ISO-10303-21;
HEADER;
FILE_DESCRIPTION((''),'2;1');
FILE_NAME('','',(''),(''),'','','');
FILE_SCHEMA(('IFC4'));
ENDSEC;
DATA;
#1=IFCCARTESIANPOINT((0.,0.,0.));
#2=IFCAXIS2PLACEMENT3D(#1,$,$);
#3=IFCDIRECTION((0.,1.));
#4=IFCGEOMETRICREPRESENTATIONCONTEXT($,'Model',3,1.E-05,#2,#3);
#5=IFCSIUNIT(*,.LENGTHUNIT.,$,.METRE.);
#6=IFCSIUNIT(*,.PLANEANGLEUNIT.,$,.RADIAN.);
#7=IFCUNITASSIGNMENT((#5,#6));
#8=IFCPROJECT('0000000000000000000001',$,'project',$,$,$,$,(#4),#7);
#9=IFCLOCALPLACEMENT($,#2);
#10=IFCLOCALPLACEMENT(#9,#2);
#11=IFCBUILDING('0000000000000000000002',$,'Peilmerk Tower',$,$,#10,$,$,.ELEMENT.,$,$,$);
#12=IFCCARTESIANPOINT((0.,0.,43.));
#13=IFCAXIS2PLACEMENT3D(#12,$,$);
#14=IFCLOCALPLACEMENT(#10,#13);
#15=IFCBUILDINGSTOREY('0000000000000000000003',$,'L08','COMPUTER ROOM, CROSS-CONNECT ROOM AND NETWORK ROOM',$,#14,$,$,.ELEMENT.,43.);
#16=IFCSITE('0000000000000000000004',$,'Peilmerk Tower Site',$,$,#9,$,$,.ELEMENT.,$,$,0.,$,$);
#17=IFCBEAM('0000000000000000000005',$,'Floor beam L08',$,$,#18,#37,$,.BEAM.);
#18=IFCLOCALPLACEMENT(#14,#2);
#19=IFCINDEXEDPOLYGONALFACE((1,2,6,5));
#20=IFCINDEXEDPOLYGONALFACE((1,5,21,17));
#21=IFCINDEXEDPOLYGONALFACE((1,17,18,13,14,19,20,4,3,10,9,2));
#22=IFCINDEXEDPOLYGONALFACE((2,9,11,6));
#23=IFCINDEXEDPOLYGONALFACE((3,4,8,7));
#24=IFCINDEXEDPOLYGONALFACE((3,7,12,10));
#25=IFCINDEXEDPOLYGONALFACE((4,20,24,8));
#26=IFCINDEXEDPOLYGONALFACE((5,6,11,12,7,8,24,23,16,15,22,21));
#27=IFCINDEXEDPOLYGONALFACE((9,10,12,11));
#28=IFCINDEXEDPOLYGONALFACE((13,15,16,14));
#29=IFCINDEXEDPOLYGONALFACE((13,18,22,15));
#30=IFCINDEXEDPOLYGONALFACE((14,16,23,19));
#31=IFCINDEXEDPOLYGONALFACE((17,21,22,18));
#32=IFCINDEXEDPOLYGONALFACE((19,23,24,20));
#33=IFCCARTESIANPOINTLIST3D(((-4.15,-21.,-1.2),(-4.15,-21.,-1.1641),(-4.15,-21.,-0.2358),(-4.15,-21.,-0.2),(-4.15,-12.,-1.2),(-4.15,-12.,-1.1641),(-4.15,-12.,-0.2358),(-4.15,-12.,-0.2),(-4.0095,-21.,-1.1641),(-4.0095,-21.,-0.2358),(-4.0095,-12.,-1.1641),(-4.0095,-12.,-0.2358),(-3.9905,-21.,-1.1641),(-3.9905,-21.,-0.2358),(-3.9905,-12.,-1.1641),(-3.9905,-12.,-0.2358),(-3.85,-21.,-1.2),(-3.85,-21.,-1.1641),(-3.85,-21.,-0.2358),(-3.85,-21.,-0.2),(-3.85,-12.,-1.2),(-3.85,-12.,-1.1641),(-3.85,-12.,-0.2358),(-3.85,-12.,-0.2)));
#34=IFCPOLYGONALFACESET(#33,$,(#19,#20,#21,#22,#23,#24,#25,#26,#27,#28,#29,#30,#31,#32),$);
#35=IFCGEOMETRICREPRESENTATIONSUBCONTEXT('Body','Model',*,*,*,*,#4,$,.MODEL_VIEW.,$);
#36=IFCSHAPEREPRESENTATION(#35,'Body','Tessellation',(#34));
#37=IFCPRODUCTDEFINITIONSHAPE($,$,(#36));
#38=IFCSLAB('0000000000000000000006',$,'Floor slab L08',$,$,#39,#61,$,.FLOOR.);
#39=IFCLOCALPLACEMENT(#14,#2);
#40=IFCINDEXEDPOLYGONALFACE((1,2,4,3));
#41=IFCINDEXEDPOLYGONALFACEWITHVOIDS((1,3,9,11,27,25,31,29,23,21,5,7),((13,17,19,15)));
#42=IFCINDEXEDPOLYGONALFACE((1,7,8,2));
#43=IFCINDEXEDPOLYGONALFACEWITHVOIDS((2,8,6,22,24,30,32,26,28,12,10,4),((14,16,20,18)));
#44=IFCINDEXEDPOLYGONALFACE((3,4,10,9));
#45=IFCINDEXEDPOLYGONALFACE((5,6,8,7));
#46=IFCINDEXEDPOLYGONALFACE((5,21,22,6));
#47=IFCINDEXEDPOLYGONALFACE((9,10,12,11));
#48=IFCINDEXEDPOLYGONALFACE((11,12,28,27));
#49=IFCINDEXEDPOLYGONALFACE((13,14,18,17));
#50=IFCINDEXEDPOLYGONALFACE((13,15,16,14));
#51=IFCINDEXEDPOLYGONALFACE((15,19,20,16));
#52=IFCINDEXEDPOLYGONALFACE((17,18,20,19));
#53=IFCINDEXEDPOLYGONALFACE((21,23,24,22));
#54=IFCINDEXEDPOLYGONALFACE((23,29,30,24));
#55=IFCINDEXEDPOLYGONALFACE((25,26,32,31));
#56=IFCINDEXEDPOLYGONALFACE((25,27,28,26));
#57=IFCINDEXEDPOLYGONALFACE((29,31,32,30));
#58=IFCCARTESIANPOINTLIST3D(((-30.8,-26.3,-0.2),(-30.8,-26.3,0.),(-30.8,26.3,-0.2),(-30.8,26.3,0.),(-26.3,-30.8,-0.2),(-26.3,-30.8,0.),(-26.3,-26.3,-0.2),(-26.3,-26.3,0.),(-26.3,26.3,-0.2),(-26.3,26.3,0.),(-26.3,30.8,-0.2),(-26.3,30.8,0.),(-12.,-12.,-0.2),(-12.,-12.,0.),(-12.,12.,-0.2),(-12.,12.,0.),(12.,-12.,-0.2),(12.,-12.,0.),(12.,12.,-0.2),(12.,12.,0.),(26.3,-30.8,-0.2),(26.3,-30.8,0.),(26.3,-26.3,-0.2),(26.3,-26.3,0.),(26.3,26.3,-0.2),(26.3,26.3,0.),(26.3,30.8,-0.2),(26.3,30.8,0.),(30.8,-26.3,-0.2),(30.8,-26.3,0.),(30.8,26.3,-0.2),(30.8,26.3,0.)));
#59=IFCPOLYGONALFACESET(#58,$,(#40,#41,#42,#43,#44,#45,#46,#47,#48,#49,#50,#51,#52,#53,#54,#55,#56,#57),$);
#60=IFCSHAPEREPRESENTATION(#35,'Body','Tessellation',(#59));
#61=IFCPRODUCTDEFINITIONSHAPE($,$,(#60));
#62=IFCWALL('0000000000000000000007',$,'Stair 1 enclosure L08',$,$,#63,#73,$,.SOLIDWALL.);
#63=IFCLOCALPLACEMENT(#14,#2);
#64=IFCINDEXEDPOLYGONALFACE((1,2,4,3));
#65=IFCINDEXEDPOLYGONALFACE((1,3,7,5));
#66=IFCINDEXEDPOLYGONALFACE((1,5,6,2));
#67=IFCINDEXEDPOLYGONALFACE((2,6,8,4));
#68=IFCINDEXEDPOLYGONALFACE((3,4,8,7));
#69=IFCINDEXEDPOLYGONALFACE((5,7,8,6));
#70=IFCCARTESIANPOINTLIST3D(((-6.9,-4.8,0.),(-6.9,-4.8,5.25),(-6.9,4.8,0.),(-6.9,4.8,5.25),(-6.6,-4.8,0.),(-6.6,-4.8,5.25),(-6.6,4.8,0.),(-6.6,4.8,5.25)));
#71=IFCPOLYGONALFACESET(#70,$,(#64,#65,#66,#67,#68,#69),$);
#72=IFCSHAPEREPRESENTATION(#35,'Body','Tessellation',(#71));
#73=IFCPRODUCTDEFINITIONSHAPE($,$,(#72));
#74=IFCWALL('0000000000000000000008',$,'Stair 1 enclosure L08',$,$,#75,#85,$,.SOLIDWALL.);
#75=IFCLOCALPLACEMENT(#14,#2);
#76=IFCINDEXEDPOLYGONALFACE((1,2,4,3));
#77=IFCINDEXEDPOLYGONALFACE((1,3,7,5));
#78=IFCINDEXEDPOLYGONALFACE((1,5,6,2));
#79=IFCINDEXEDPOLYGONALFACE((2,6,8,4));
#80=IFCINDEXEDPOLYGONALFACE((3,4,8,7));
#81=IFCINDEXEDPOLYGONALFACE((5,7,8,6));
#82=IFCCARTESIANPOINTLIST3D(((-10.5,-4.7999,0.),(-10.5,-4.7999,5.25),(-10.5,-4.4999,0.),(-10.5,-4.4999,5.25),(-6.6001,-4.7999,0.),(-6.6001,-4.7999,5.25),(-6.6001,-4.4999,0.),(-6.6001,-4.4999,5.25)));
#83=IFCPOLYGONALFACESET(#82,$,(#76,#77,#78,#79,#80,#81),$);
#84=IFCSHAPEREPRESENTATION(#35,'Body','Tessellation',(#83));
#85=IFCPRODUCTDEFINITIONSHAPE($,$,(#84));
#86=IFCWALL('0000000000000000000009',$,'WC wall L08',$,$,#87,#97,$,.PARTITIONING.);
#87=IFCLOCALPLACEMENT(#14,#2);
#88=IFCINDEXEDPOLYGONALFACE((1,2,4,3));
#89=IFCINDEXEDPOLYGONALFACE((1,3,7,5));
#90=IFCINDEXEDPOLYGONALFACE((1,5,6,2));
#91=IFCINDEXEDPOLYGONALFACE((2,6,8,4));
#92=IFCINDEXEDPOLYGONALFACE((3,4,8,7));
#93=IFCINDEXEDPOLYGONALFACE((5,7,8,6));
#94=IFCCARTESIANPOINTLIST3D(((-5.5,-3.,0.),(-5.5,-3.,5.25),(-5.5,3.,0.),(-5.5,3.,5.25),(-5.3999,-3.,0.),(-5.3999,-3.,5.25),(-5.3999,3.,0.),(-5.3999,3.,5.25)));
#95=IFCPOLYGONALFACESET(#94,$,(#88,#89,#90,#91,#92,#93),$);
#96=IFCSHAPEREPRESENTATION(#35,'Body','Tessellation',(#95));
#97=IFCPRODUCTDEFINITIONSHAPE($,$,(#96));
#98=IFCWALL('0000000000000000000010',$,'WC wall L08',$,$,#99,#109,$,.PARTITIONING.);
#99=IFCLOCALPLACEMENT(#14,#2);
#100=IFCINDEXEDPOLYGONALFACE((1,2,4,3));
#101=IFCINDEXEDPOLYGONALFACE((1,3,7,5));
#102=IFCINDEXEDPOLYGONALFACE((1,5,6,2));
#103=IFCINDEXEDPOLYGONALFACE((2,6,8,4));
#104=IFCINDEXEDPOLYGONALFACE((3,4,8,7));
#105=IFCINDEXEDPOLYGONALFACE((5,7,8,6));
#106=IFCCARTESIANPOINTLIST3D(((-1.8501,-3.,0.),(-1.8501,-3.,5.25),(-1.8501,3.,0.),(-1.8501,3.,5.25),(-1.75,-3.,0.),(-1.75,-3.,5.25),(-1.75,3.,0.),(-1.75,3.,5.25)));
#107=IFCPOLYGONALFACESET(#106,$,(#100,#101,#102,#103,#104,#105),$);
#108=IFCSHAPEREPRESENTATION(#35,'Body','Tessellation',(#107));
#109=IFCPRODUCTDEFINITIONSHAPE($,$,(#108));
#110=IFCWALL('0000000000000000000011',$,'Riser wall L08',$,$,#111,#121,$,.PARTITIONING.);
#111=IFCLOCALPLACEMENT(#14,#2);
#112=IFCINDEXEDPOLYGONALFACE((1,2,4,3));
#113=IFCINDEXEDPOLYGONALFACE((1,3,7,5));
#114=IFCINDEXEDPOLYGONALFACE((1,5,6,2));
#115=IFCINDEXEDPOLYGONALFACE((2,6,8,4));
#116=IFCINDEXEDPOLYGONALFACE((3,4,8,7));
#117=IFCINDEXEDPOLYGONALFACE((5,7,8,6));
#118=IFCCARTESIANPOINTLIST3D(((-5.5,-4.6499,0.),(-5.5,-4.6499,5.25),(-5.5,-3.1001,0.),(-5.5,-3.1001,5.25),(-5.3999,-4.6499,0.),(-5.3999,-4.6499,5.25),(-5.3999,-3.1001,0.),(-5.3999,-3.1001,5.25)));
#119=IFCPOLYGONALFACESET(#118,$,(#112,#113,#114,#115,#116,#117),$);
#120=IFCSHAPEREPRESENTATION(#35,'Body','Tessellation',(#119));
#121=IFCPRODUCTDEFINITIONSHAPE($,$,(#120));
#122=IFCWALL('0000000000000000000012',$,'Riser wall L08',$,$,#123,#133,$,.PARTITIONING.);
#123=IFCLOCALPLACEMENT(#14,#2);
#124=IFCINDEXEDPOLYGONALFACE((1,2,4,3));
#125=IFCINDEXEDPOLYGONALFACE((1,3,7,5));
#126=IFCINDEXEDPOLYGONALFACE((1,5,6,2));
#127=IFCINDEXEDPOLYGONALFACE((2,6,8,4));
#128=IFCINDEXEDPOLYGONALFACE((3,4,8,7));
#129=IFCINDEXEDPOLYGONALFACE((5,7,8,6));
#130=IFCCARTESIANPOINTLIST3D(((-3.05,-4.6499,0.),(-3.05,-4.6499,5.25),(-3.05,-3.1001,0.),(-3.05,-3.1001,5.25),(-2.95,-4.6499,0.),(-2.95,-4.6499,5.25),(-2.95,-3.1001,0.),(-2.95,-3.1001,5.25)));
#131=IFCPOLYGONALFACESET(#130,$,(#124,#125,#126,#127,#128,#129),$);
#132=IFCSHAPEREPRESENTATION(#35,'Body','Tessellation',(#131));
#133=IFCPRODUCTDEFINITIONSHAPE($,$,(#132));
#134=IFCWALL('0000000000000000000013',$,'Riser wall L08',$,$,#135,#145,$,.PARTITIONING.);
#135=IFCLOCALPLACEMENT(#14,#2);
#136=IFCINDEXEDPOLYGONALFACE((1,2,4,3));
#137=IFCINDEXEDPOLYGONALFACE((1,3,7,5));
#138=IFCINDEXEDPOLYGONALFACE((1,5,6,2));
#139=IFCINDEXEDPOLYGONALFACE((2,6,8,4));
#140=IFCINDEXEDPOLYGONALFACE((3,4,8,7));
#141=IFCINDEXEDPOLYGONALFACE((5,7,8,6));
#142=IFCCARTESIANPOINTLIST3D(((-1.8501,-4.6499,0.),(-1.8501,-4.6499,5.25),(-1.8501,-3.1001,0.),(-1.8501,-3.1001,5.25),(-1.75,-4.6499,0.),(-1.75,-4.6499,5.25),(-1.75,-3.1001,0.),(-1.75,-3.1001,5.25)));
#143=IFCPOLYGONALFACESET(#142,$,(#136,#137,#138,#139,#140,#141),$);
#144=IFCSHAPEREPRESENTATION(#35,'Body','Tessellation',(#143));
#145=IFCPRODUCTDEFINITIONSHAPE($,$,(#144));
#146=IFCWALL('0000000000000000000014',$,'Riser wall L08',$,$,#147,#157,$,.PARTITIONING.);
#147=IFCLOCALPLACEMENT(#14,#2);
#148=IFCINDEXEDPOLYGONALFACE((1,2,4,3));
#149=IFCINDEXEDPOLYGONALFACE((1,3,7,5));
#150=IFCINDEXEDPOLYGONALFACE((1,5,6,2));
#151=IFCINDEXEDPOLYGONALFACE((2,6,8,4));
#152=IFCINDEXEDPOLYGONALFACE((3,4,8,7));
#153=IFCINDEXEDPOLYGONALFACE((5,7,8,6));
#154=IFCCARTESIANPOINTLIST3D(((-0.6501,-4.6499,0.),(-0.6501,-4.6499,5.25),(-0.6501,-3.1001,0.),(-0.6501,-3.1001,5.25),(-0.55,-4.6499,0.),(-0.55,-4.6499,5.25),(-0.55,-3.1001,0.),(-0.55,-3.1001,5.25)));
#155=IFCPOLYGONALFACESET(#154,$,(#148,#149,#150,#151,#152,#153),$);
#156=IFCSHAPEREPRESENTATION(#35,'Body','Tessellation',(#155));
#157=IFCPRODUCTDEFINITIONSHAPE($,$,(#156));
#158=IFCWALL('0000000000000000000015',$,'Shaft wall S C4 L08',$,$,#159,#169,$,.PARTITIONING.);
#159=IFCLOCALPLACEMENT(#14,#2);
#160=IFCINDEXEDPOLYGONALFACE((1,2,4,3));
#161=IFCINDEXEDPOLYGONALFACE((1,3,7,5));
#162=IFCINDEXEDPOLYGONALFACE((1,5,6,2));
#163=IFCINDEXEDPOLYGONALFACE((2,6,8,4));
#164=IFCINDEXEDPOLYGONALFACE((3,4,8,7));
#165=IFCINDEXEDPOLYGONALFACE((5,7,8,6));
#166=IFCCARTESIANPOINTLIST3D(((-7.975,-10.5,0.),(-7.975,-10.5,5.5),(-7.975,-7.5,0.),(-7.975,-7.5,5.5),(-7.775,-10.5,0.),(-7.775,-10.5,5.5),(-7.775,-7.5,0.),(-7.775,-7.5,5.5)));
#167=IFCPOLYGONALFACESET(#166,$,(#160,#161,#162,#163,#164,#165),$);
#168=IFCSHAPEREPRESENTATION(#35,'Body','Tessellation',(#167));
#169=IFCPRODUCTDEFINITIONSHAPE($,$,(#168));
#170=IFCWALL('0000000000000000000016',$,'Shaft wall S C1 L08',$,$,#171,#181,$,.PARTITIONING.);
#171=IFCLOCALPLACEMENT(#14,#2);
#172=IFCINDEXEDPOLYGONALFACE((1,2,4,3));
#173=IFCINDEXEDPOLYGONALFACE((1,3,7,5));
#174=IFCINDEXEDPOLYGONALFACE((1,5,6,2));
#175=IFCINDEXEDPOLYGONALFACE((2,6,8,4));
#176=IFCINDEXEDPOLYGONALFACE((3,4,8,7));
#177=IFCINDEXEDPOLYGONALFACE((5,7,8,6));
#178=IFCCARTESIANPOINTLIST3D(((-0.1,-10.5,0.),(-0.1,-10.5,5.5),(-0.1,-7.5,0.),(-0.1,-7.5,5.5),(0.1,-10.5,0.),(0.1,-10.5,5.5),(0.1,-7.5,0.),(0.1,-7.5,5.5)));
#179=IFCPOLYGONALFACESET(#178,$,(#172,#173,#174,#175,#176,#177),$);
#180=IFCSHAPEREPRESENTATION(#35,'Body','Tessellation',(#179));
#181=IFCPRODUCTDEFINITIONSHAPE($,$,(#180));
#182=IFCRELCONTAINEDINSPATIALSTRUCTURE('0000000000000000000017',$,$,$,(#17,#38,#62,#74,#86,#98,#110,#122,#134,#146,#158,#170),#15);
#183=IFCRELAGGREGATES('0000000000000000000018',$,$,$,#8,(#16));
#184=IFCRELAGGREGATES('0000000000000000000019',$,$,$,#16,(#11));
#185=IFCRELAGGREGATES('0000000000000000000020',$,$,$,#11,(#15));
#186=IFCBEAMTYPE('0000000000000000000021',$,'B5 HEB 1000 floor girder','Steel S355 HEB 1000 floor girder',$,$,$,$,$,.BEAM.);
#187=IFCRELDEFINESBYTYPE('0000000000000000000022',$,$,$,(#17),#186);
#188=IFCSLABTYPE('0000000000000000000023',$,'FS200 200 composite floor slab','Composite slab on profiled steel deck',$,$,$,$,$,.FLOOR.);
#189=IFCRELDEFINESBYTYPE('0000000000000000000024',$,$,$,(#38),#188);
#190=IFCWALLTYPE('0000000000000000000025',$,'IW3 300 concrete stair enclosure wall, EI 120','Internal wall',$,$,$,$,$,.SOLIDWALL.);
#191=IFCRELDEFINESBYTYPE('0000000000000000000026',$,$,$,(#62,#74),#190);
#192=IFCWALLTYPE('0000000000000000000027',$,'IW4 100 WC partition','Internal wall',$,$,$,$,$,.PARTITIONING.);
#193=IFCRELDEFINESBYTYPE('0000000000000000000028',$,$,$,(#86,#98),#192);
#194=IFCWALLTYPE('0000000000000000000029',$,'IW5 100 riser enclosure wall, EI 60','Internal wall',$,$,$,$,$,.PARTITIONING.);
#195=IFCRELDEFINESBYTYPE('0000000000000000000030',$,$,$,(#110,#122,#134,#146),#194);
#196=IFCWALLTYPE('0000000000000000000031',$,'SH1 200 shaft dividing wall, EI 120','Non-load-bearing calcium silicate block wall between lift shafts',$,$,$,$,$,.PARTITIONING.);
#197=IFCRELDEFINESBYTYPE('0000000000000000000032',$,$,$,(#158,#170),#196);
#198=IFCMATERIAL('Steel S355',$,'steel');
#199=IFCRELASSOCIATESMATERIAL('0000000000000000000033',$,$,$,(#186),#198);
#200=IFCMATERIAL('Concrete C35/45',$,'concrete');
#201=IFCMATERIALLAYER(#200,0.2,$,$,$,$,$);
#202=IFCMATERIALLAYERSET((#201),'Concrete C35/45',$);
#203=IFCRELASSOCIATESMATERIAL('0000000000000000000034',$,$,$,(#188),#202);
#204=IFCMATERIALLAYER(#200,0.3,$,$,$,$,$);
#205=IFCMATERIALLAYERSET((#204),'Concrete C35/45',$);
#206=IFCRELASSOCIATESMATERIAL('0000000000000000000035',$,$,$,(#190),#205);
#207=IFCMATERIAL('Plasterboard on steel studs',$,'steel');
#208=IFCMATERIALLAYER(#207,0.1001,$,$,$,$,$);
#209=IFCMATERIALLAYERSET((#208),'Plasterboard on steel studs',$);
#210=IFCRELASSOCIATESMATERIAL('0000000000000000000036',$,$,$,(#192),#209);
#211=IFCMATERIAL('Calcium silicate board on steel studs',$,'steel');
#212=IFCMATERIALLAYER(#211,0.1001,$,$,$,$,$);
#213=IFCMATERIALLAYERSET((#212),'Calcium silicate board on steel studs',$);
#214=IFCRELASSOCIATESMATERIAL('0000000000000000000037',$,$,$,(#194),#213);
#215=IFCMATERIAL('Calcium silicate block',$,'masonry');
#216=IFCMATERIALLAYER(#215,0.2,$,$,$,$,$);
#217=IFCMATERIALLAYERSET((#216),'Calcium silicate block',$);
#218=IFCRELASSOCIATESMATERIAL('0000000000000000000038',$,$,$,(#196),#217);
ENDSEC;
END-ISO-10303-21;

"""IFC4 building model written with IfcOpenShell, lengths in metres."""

from ifc_helpers import new_model, si_unit, direction, frame, frame_2d, origin, origin_2d, place, context, subcontext, project, spatial, polyline, rectangle, i_section, outline, extrude, material, layer, layer_set, material_profile, profile_set, type_object, element, save


model = new_model("IFC4")

# Units and contexts
model_context = context("Model", 3, precision=1e-05, world=origin(), true_north=direction((0.0, 1.0)))
body_context = subcontext(model_context, "Body", "Model", "MODEL_VIEW")
ifc_project = project(units=[si_unit("LENGTHUNIT", "METRE"), si_unit("PLANEANGLEUNIT", "RADIAN")], contexts=[model_context])

# Site, building, storey
site_placement = place(None, origin())
site = spatial("IfcSite", under=ifc_project, at=site_placement, Name="Peilmerk Tower Site", CompositionType="ELEMENT", RefElevation=0.0)
building_placement = place(site_placement, origin())
building = spatial("IfcBuilding", under=site, at=building_placement, Name="Peilmerk Tower", CompositionType="ELEMENT")
storey_placement = place(building_placement, frame((0.0, 0.0, 43.0)))
storey = spatial("IfcBuildingStorey", under=building, at=storey_placement, Name="L08", Description="COMPUTER ROOM, CROSS-CONNECT ROOM AND NETWORK ROOM", CompositionType="ELEMENT", Elevation=43.0)

# Beam
ifc_material_1 = material(Name="Steel S355", Category="steel")
ifc_material_profile = material_profile(ifc_material_1, i_section(OverallWidth=0.3, OverallDepth=1.0, WebThickness=0.019, FlangeThickness=0.0359, at=origin_2d()), Name="HEB 1000")
ifc_profile_set = profile_set([ifc_material_profile], Name="Steel S355")
beam_type = type_object("IfcBeamType", Name="B5 HEB 1000 floor girder", Description="Steel S355 HEB 1000 floor girder", PredefinedType="BEAM", material=ifc_profile_set)
beam_placement = place(storey_placement, frame((-4.0, -12.0, -0.7), z_axis=(0.0, -1.0, 0.0), x_axis=(1.0, 0.0, 0.0)))
element("IfcBeam", 1, at=beam_placement, inside=storey, type_object=beam_type, Name="Floor beam L08", PredefinedType="BEAM", context=body_context, shape_type="SweptSolid", body=[
    extrude(i_section(OverallWidth=0.3, OverallDepth=1.0, WebThickness=0.019, FlangeThickness=0.0359, at=origin_2d()), origin(), (0.0, 0.0, 1.0), 9.0),
])

# Slab
ifc_material_2 = material(Name="Concrete C35/45", Category="concrete")
ifc_layer_1 = layer(ifc_material_2, 0.2)
ifc_layer_set_1 = layer_set([ifc_layer_1], Name="Concrete C35/45")
slab_type = type_object("IfcSlabType", Name="FS200 200 composite floor slab", Description="Composite slab on profiled steel deck", PredefinedType="FLOOR", material=ifc_layer_set_1)
slab_placement = place(storey_placement, frame((0.0, 0.0, -0.2)))
element("IfcSlab", 2, at=slab_placement, inside=storey, type_object=slab_type, Name="Floor slab L08", PredefinedType="FLOOR", context=body_context, shape_type="SweptSolid", body=[
    extrude(outline(polyline([(-26.3, -30.8), (26.3, -30.8), (26.3, -26.3), (30.8, -26.3), (30.8, 26.3), (26.3, 26.3), (26.3, 30.8), (-26.3, 30.8), (-26.3, 26.3), (-30.8, 26.3), (-30.8, -26.3), (-26.3, -26.3), (-26.3, -30.8)]), holes=[polyline([(12.0, 12.0), (12.0, -12.0), (-12.0, -12.0), (-12.0, 12.0), (12.0, 12.0)])]), origin(), (0.0, 0.0, 1.0), 0.2),
])

# Walls
ifc_layer_2 = layer(ifc_material_2, 0.3)
ifc_layer_set_2 = layer_set([ifc_layer_2], Name="Concrete C35/45")
wall_type_1 = type_object("IfcWallType", Name="IW3 300 concrete stair enclosure wall, EI 120", Description="Internal wall", PredefinedType="SOLIDWALL", material=ifc_layer_set_2)
wall_1_placement = place(storey_placement, frame((-6.75, -4.8, 0.0), z_axis=(0.0, 0.0, 1.0), x_axis=(0.0, 1.0, 0.0)))
element("IfcWall", 3, at=wall_1_placement, inside=storey, type_object=wall_type_1, Name="Stair 1 enclosure L08", PredefinedType="SOLIDWALL", context=body_context, shape_type="SweptSolid", body=[
    extrude(rectangle(XDim=9.6001, YDim=0.3, at=frame_2d((4.8, 0.0))), origin(), (0.0, 0.0, 1.0), 5.25),
])
wall_2_placement = place(storey_placement, frame((-6.6001, -4.6499, 0.0), z_axis=(0.0, 0.0, 1.0), x_axis=(-1.0, 0.0, 0.0)))
element("IfcWall", 4, at=wall_2_placement, inside=storey, type_object=wall_type_1, Name="Stair 1 enclosure L08", PredefinedType="SOLIDWALL", context=body_context, shape_type="SweptSolid", body=[
    extrude(rectangle(XDim=3.8999, YDim=0.3, at=frame_2d((1.95, 0.0))), origin(), (0.0, 0.0, 1.0), 5.25),
])
ifc_material_3 = material(Name="Plasterboard on steel studs", Category="steel")
ifc_layer_3 = layer(ifc_material_3, 0.1001)
ifc_layer_set_3 = layer_set([ifc_layer_3], Name="Plasterboard on steel studs")
wall_type_2 = type_object("IfcWallType", Name="IW4 100 WC partition", Description="Internal wall", PredefinedType="PARTITIONING", material=ifc_layer_set_3)
for number, where, z_axis, x_axis, name in (
    (5, (-5.45, -3.0, 0.0), (0.0, 0.0, 1.0), (0.0, 1.0, 0.0), "WC wall L08"),
    (6, (-1.8, -3.0, 0.0), (0.0, 0.0, 1.0), (0.0, 1.0, 0.0), "WC wall L08"),
):
    element("IfcWall", number, at=place(storey_placement, frame(where, z_axis=z_axis, x_axis=x_axis)), inside=storey, type_object=wall_type_2, Name=name, PredefinedType="PARTITIONING", context=body_context, shape_type="SweptSolid", body=[
        extrude(rectangle(XDim=6.0, YDim=0.1001, at=frame_2d((3.0, 0.0))), origin(), (0.0, 0.0, 1.0), 5.25),
    ])
ifc_material_4 = material(Name="Calcium silicate board on steel studs", Category="steel")
ifc_layer_4 = layer(ifc_material_4, 0.1001)
ifc_layer_set_4 = layer_set([ifc_layer_4], Name="Calcium silicate board on steel studs")
wall_type_3 = type_object("IfcWallType", Name="IW5 100 riser enclosure wall, EI 60", Description="Internal wall", PredefinedType="PARTITIONING", material=ifc_layer_set_4)
for number, where, z_axis, x_axis, name in (
    (7, (-5.45, -3.1001, 0.0), (0.0, 0.0, 1.0), (0.0, -1.0, 0.0), "Riser wall L08"),
    (8, (-3.0, -3.1001, 0.0), (0.0, 0.0, 1.0), (0.0, -1.0, 0.0), "Riser wall L08"),
    (9, (-1.8, -3.1001, 0.0), (0.0, 0.0, 1.0), (0.0, -1.0, 0.0), "Riser wall L08"),
    (10, (-0.6001, -3.1001, 0.0), (0.0, 0.0, 1.0), (0.0, -1.0, 0.0), "Riser wall L08"),
):
    element("IfcWall", number, at=place(storey_placement, frame(where, z_axis=z_axis, x_axis=x_axis)), inside=storey, type_object=wall_type_3, Name=name, PredefinedType="PARTITIONING", context=body_context, shape_type="SweptSolid", body=[
        extrude(rectangle(XDim=1.5498, YDim=0.1001, at=frame_2d((0.7749, 0.0))), origin(), (0.0, 0.0, 1.0), 5.25),
    ])
ifc_material_5 = material(Name="Calcium silicate block", Category="masonry")
ifc_layer_5 = layer(ifc_material_5, 0.2)
ifc_layer_set_5 = layer_set([ifc_layer_5], Name="Calcium silicate block")
wall_type_4 = type_object("IfcWallType", Name="SH1 200 shaft dividing wall, EI 120", Description="Non-load-bearing calcium silicate block wall between lift shafts", PredefinedType="PARTITIONING", material=ifc_layer_set_5)
for number, where, z_axis, x_axis, name in (
    (11, (-7.875, -10.5, 0.0), (0.0, 0.0, 1.0), (0.0, 1.0, 0.0), "Shaft wall S C4 L08"),
    (12, (0.0, -10.5, 0.0), (0.0, 0.0, 1.0), (0.0, 1.0, 0.0), "Shaft wall S C1 L08"),
):
    element("IfcWall", number, at=place(storey_placement, frame(where, z_axis=z_axis, x_axis=x_axis)), inside=storey, type_object=wall_type_4, Name=name, PredefinedType="PARTITIONING", context=body_context, shape_type="SweptSolid", body=[
        extrude(rectangle(XDim=3.0, YDim=0.2, at=frame_2d((1.5, 0.0))), origin(), (0.0, 0.0, 1.0), 5.5),
    ])

save(model, "model.ifc")
